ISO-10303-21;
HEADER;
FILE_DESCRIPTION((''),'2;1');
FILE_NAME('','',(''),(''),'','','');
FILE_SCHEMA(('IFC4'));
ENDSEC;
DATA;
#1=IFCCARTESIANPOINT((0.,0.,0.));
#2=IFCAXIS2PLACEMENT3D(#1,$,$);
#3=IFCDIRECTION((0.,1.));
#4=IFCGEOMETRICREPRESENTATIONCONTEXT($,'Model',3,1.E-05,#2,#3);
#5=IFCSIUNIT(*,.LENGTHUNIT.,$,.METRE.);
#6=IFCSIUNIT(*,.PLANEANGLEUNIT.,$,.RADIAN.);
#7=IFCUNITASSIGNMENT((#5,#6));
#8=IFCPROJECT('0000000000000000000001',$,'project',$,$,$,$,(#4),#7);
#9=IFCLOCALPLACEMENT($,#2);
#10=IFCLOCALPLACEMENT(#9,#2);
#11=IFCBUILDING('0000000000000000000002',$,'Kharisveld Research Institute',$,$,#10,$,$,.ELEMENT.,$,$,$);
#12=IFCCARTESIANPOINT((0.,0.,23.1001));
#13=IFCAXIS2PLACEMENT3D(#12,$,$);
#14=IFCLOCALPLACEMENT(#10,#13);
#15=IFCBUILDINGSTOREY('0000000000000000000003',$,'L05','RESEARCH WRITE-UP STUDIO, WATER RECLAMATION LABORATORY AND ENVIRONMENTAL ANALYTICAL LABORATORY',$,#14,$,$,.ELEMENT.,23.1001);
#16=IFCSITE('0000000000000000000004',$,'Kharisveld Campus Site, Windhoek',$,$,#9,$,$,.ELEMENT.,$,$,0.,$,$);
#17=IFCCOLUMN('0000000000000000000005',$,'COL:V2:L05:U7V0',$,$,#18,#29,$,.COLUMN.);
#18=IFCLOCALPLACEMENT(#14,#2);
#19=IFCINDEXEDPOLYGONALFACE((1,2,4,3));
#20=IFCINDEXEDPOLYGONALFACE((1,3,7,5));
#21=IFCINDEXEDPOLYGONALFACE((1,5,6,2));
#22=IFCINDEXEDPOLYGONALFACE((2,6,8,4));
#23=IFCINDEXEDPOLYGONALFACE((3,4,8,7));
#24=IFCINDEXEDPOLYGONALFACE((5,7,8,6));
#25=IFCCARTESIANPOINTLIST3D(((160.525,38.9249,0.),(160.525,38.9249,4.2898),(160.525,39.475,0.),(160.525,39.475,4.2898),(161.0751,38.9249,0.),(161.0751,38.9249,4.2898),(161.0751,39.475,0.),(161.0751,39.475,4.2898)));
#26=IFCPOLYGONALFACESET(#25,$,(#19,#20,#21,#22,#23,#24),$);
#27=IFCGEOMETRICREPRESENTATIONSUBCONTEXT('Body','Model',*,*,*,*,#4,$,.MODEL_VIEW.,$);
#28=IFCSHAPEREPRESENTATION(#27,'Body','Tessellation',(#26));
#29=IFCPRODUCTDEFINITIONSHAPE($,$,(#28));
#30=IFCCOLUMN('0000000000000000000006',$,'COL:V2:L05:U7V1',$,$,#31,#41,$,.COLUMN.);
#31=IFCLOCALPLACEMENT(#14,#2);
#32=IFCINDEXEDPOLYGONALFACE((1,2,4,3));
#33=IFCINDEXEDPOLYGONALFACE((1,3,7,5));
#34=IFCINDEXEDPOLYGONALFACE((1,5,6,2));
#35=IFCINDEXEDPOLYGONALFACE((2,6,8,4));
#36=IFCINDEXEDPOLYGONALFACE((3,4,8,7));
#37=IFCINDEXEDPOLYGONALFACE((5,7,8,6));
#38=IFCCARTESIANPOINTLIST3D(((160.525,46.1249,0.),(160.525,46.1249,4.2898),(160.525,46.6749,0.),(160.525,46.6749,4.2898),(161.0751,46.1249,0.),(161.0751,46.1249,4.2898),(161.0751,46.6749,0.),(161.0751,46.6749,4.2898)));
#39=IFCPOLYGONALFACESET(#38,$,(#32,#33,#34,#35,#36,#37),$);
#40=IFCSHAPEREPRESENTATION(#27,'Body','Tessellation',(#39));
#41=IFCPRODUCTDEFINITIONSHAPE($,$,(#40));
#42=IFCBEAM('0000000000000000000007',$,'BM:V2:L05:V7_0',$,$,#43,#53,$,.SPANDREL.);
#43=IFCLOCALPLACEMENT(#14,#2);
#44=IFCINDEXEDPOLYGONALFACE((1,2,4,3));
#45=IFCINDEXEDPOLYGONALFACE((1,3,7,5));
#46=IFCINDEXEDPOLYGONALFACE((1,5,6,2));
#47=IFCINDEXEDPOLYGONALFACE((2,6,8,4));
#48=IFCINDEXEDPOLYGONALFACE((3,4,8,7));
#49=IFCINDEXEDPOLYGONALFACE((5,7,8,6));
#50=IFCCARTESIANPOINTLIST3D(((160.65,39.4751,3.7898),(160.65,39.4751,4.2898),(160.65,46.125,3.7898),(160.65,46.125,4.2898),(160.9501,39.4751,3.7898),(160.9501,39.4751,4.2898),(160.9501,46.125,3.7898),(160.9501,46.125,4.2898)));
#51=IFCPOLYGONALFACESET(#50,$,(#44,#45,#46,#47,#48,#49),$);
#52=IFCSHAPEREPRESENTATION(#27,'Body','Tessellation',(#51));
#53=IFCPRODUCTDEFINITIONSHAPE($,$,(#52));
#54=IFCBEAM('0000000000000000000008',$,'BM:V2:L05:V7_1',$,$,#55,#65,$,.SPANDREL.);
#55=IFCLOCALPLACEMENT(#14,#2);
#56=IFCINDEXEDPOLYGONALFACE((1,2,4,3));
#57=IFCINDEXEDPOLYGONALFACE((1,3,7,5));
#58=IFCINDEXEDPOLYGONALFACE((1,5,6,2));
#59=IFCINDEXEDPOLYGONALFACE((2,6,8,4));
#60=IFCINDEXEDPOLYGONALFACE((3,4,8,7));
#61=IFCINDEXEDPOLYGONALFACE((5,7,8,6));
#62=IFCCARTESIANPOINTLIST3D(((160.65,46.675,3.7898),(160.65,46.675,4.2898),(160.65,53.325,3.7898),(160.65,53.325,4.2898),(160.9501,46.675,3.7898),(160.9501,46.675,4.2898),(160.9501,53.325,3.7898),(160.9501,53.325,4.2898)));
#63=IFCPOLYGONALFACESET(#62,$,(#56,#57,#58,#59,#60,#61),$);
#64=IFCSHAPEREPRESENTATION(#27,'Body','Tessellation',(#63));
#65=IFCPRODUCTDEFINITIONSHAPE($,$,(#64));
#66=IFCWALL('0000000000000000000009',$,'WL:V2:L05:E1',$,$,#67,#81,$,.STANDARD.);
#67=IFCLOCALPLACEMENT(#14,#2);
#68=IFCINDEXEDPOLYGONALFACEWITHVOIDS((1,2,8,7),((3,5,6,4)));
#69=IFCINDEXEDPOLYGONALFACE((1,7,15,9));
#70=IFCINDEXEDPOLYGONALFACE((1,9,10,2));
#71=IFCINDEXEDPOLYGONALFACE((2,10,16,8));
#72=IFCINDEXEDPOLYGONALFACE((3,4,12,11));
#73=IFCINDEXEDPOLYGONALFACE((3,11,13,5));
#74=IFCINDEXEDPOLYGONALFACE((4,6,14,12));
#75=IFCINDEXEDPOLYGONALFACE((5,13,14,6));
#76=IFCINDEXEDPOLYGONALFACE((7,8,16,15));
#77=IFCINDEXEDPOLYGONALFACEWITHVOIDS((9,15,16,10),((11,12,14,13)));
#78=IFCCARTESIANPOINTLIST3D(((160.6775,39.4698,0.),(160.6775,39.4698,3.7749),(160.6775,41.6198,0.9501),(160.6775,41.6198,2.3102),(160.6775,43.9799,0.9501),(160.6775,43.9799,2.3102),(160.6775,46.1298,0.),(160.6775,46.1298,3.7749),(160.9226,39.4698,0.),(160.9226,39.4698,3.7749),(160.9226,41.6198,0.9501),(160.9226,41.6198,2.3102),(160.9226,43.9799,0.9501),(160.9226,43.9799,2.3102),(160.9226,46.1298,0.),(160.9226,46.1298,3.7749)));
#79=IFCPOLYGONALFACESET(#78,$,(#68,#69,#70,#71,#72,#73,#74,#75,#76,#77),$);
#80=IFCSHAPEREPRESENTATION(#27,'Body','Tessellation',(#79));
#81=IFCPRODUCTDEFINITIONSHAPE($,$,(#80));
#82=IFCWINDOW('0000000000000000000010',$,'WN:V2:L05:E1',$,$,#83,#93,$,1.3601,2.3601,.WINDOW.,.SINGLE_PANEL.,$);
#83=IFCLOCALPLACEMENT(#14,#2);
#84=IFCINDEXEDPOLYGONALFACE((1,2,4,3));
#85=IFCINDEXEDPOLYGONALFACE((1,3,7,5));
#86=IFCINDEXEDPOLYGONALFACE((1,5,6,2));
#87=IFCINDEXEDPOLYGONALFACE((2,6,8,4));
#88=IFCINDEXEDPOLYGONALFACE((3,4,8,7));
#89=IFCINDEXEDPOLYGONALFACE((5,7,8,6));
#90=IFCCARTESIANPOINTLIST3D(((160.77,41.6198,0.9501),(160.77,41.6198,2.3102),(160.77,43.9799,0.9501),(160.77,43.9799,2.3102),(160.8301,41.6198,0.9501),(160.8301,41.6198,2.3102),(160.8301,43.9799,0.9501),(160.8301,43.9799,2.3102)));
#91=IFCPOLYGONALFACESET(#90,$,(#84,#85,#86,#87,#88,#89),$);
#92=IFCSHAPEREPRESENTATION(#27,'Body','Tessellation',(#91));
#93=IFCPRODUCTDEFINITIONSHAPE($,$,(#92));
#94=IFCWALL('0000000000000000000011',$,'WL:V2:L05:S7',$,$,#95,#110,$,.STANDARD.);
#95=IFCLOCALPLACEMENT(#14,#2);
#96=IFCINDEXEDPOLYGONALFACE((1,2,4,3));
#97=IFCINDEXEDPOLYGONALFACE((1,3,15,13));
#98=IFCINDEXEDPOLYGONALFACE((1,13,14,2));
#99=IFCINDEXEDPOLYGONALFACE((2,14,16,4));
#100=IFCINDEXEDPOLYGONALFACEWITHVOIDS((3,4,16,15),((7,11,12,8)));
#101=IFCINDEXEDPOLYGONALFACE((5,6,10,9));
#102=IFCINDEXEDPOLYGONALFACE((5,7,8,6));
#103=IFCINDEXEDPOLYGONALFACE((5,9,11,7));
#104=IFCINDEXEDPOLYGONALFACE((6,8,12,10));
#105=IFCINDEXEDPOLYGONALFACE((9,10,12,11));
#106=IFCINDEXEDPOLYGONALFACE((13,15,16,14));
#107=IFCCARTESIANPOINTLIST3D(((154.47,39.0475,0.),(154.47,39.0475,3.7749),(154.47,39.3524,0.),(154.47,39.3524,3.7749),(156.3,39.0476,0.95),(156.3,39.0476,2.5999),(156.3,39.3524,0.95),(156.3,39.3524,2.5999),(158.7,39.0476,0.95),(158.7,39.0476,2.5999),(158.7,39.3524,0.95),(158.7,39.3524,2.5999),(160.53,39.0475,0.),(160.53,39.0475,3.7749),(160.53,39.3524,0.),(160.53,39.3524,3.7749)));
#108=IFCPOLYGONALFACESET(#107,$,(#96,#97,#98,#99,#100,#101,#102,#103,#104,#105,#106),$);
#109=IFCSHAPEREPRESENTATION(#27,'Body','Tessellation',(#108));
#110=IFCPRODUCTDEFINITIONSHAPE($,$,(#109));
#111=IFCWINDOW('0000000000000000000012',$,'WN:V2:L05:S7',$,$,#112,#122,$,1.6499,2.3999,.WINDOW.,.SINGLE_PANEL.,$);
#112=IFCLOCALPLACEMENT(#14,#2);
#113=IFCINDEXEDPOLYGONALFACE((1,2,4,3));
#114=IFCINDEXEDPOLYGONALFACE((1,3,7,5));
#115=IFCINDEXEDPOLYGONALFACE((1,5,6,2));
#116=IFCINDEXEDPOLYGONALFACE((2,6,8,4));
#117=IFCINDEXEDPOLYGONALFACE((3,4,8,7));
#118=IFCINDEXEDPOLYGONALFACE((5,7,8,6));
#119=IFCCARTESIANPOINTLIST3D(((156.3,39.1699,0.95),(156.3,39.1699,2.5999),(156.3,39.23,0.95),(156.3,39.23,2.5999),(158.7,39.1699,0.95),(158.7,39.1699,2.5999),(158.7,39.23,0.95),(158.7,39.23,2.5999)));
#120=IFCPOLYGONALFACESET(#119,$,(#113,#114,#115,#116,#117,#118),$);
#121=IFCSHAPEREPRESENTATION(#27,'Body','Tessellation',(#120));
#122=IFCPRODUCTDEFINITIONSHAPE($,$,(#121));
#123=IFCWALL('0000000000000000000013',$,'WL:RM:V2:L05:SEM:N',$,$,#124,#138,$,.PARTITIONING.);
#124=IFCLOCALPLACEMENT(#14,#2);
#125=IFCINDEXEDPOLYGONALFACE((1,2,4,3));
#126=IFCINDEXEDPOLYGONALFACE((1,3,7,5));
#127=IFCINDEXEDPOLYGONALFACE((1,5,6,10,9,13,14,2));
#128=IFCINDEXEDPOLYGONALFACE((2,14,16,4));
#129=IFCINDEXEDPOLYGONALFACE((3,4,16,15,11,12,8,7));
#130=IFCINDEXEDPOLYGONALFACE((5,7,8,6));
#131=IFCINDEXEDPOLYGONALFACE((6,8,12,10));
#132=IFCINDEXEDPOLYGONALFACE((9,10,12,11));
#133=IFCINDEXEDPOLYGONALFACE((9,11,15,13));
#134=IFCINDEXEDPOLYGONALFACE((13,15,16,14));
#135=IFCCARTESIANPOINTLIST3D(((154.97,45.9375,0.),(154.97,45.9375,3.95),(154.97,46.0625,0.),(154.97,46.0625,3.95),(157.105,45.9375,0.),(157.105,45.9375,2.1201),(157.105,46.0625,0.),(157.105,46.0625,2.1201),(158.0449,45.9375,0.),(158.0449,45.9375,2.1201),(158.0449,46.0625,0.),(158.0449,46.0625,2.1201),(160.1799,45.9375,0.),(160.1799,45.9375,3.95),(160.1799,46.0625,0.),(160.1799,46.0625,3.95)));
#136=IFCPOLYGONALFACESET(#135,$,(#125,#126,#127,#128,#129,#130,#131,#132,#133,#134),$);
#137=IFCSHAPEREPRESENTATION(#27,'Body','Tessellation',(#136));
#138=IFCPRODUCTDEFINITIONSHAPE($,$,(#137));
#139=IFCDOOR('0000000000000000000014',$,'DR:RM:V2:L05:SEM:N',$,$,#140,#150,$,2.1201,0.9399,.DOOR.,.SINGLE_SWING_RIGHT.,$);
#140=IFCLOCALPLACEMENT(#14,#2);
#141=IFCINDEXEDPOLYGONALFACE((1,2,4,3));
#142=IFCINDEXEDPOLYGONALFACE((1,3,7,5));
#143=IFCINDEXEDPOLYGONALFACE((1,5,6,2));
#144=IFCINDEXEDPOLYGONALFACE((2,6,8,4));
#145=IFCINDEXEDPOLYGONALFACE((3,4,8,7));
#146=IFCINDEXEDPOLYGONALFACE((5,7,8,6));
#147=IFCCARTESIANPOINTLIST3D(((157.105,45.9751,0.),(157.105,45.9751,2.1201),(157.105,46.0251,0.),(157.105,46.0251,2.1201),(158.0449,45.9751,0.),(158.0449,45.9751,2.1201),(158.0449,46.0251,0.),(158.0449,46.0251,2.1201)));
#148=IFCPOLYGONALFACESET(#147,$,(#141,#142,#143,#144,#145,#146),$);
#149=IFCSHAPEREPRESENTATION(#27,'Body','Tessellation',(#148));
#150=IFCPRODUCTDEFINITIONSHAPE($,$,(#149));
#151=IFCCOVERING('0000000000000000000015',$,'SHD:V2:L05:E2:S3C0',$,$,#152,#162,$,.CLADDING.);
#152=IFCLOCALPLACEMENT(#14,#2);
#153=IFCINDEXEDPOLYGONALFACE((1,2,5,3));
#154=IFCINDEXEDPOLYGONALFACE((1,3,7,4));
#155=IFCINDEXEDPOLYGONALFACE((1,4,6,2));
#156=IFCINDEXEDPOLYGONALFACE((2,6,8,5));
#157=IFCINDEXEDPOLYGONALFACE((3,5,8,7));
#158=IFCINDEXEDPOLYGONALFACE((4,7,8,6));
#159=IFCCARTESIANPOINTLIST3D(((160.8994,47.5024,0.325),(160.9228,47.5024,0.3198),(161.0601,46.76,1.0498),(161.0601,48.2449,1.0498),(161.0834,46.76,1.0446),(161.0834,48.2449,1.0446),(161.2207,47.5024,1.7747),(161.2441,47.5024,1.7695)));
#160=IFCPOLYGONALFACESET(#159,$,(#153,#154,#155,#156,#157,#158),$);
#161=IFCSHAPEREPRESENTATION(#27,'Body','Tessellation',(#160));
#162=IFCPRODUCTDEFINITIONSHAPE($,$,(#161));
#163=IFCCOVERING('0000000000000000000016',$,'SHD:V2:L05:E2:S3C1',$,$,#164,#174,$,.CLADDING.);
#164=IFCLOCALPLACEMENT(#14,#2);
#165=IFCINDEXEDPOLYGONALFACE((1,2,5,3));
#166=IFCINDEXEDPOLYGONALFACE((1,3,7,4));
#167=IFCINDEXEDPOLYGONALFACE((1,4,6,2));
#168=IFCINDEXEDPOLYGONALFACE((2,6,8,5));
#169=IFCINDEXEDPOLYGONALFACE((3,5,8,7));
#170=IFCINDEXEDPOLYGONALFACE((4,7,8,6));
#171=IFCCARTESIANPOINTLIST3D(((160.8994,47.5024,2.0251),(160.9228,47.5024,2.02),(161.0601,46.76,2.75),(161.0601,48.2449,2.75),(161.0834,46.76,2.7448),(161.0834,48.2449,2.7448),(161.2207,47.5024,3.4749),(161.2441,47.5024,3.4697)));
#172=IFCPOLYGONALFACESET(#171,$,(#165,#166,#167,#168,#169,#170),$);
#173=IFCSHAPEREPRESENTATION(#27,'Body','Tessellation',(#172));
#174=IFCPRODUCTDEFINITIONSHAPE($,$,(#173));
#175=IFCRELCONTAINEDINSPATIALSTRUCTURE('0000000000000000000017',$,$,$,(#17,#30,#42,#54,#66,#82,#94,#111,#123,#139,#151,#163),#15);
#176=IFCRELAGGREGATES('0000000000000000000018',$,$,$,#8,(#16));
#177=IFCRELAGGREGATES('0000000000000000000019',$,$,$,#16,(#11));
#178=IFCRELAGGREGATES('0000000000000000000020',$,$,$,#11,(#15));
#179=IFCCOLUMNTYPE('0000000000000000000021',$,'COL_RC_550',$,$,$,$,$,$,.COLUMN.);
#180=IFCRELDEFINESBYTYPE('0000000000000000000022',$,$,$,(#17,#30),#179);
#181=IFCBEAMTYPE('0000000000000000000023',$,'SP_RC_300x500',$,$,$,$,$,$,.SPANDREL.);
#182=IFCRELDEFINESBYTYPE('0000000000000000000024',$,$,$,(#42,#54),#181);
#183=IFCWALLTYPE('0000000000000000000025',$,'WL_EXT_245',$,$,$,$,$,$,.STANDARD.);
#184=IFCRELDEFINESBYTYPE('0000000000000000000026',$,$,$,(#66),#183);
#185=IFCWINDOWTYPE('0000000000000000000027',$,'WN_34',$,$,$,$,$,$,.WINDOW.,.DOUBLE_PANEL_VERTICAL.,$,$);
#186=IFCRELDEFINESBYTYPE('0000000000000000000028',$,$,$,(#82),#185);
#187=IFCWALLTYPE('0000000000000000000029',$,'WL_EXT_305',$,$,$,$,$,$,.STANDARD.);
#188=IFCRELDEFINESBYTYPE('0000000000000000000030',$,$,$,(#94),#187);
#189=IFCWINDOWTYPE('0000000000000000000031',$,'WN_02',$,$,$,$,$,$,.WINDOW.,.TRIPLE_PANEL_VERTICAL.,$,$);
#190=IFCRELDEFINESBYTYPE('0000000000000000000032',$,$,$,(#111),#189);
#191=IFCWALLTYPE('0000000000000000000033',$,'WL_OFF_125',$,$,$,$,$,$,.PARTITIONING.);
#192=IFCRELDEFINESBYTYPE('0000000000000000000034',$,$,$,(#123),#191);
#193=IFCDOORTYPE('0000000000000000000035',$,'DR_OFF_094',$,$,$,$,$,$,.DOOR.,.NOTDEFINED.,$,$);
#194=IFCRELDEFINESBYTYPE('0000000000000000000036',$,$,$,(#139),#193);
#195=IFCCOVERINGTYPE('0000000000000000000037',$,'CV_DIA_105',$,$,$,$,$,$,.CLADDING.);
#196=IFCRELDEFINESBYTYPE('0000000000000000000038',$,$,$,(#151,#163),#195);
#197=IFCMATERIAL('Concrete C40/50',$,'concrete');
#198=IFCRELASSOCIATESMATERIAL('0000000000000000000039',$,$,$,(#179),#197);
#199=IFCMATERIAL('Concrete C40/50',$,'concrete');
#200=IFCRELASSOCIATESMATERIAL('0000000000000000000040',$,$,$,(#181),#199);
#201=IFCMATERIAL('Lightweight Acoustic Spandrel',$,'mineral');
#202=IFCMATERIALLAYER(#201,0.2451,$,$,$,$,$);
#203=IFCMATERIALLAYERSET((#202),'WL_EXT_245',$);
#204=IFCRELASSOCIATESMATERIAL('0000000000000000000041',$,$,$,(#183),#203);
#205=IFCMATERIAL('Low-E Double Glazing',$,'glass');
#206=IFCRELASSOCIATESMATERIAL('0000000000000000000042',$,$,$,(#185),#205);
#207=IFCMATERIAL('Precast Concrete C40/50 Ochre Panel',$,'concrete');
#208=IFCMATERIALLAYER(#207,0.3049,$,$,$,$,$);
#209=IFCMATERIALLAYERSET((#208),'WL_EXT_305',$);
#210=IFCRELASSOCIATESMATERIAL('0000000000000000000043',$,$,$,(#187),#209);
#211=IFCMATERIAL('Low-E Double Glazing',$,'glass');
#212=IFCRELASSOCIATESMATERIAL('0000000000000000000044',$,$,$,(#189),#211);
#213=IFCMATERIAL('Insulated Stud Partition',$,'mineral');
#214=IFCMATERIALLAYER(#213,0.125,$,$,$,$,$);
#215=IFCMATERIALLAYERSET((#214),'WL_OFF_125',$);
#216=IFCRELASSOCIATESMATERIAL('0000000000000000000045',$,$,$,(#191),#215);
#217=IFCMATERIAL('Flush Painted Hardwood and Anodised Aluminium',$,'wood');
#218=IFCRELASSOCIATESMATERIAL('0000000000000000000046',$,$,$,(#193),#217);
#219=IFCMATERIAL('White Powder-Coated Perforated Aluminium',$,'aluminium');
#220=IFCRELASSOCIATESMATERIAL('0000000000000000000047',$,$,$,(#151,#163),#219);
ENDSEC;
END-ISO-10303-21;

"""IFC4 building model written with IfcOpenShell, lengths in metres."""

from ifc_helpers import new_model, si_unit, direction, frame, frame_2d, origin, origin_2d, place, context, subcontext, project, spatial, polyline, rectangle, outline, extrude, material, layer, layer_set, material_profile, profile_set, type_object, element, fill, save


model = new_model("IFC4")

# Units and contexts
model_context = context("Model", 3, precision=1e-05, world=origin(), true_north=direction((0.0, 1.0)))
body_context = subcontext(model_context, "Body", "Model", "MODEL_VIEW")
ifc_project = project(units=[si_unit("LENGTHUNIT", "METRE"), si_unit("PLANEANGLEUNIT", "RADIAN")], contexts=[model_context])

# Site, building, storey
site_placement = place(None, origin())
site = spatial("IfcSite", under=ifc_project, at=site_placement, Name="Kharisveld Campus Site, Windhoek", CompositionType="ELEMENT", RefElevation=0.0)
building_placement = place(site_placement, origin())
building = spatial("IfcBuilding", under=site, at=building_placement, Name="Kharisveld Research Institute", CompositionType="ELEMENT")
storey_placement = place(building_placement, frame((0.0, 0.0, 23.1001)))
storey = spatial("IfcBuildingStorey", under=building, at=storey_placement, Name="L05", Description="RESEARCH WRITE-UP STUDIO, WATER RECLAMATION LABORATORY AND ENVIRONMENTAL ANALYTICAL LABORATORY", CompositionType="ELEMENT", Elevation=23.1001)

# Columns
ifc_material_1 = material(Name="Concrete C40/50", Category="concrete")
ifc_material_profile_1 = material_profile(ifc_material_1, rectangle(XDim=0.55, YDim=0.55, at=origin_2d()))
ifc_profile_set_1 = profile_set([ifc_material_profile_1], Name="Concrete C40/50")
column_type = type_object("IfcColumnType", Name="COL_RC_550", PredefinedType="COLUMN", material=ifc_profile_set_1)
for number, where, z_axis, x_axis, name in (
    (1, (160.8, 39.2, 0.0), (0.0, 0.0, 1.0), (1.0, 0.0, 0.0), "COL:V2:L05:U7V0"),
    (2, (160.8, 46.3999, 0.0), (0.0, 0.0, 1.0), (1.0, 0.0, 0.0), "COL:V2:L05:U7V1"),
):
    element("IfcColumn", number, at=place(storey_placement, frame(where, z_axis=z_axis, x_axis=x_axis)), inside=storey, type_object=column_type, Name=name, PredefinedType="COLUMN", context=body_context, shape_type="SweptSolid", body=[
        extrude(rectangle(XDim=0.55, YDim=0.55, at=origin_2d()), origin(), (0.0, 0.0, 1.0), 4.2898),
    ])

# Beams
ifc_material_2 = material(Name="Concrete C40/50", Category="concrete")
ifc_material_profile_2 = material_profile(ifc_material_2, rectangle(XDim=0.3, YDim=0.5, at=origin_2d()))
ifc_profile_set_2 = profile_set([ifc_material_profile_2], Name="Concrete C40/50")
beam_type = type_object("IfcBeamType", Name="SP_RC_300x500", PredefinedType="SPANDREL", material=ifc_profile_set_2)
for number, where, z_axis, x_axis, name in (
    (3, (160.8, 39.4751, 4.0398), (0.0, 1.0, 0.0), (-1.0, 0.0, 0.0), "BM:V2:L05:V7_0"),
    (4, (160.8, 46.675, 4.0398), (0.0, 1.0, 0.0), (-1.0, 0.0, 0.0), "BM:V2:L05:V7_1"),
):
    element("IfcBeam", number, at=place(storey_placement, frame(where, z_axis=z_axis, x_axis=x_axis)), inside=storey, type_object=beam_type, Name=name, PredefinedType="SPANDREL", context=body_context, shape_type="SweptSolid", body=[
        extrude(rectangle(XDim=0.3, YDim=0.5, at=origin_2d()), origin(), (0.0, 0.0, 1.0), 6.6499),
    ])

# Walls, openings, windows
ifc_material_3 = material(Name="Lightweight Acoustic Spandrel", Category="mineral")
ifc_layer_1 = layer(ifc_material_3, 0.2451)
ifc_layer_set_1 = layer_set([ifc_layer_1], Name="WL_EXT_245")
wall_type_1 = type_object("IfcWallType", Name="WL_EXT_245", PredefinedType="STANDARD", material=ifc_layer_set_1)
wall_1_placement = place(storey_placement, frame((160.8, 46.1299, 0.0), z_axis=(0.0, 0.0, 1.0), x_axis=(0.0, -1.0, 0.0)))
wall_1 = element("IfcWall", 5, at=wall_1_placement, inside=storey, type_object=wall_type_1, Name="WL:V2:L05:E1", PredefinedType="STANDARD", context=body_context, shape_type="SweptSolid", body=[
    extrude(rectangle(XDim=6.6599, YDim=0.2451, at=frame_2d((3.3301, 0.0))), origin(), (0.0, 0.0, 1.0), 3.7749),
])
opening_1_placement = place(wall_1_placement, frame((2.1499, 0.0, 0.95)))
opening_1 = element("IfcOpeningElement", 6, at=opening_1_placement, cuts=wall_1, PredefinedType="OPENING", context=body_context, shape_type="SweptSolid", body=[
    extrude(rectangle(XDim=2.3601, YDim=1.3601, at=frame_2d((1.1802, 0.6802))), frame((0.0, 0.1226, 0.0), z_axis=(0.0, -1.0, 0.0), x_axis=(1.0, 0.0, 0.0)), (0.0, 0.0, 1.0), 0.2451),
])
ifc_material_4 = material(Name="Low-E Double Glazing", Category="glass")
window_type_1 = type_object("IfcWindowType", Name="WN_34", PartitioningType="DOUBLE_PANEL_VERTICAL", PredefinedType="WINDOW", material=ifc_material_4)
window_1_placement = place(opening_1_placement, origin())
window_1 = element("IfcWindow", 7, at=window_1_placement, inside=storey, type_object=window_type_1, Name="WN:V2:L05:E1", OverallHeight=1.3601, OverallWidth=2.3601, PartitioningType="SINGLE_PANEL", PredefinedType="WINDOW", context=body_context, shape_type="SweptSolid", body=[
    extrude(rectangle(XDim=2.3601, YDim=1.3601, at=frame_2d((1.1802, 0.6802))), frame((0.0, 0.03, 0.0), z_axis=(0.0, -1.0, 0.0), x_axis=(1.0, 0.0, 0.0)), (0.0, 0.0, 1.0), 0.0601),
])
fill(opening_1, window_1)
ifc_material_5 = material(Name="Precast Concrete C40/50 Ochre Panel", Category="concrete")
ifc_layer_2 = layer(ifc_material_5, 0.3049)
ifc_layer_set_2 = layer_set([ifc_layer_2], Name="WL_EXT_305")
wall_type_2 = type_object("IfcWallType", Name="WL_EXT_305", PredefinedType="STANDARD", material=ifc_layer_set_2)
wall_2_placement = place(storey_placement, frame((160.53, 39.2, 0.0), z_axis=(0.0, 0.0, 1.0), x_axis=(-1.0, 0.0, 0.0)))
wall_2 = element("IfcWall", 8, at=wall_2_placement, inside=storey, type_object=wall_type_2, Name="WL:V2:L05:S7", PredefinedType="STANDARD", context=body_context, shape_type="SweptSolid", body=[
    extrude(rectangle(XDim=6.0601, YDim=0.3049, at=frame_2d((3.03, 0.0))), origin(), (0.0, 0.0, 1.0), 3.7749),
])
opening_2_placement = place(wall_2_placement, frame((1.8301, 0.0, 0.95)))
opening_2 = element("IfcOpeningElement", 9, at=opening_2_placement, cuts=wall_2, PredefinedType="OPENING", context=body_context, shape_type="SweptSolid", body=[
    extrude(rectangle(XDim=2.3999, YDim=1.6499, at=frame_2d((1.2, 0.825))), frame((0.0, 0.1523, 0.0), z_axis=(0.0, -1.0, 0.0), x_axis=(1.0, 0.0, 0.0)), (0.0, 0.0, 1.0), 0.3049),
])
ifc_material_6 = material(Name="Low-E Double Glazing", Category="glass")
window_type_2 = type_object("IfcWindowType", Name="WN_02", PartitioningType="TRIPLE_PANEL_VERTICAL", PredefinedType="WINDOW", material=ifc_material_6)
window_2_placement = place(opening_2_placement, origin())
window_2 = element("IfcWindow", 10, at=window_2_placement, inside=storey, type_object=window_type_2, Name="WN:V2:L05:S7", OverallHeight=1.6499, OverallWidth=2.3999, PartitioningType="SINGLE_PANEL", PredefinedType="WINDOW", context=body_context, shape_type="SweptSolid", body=[
    extrude(rectangle(XDim=2.3999, YDim=1.6499, at=frame_2d((1.2, 0.825))), frame((0.0, 0.03, 0.0), z_axis=(0.0, -1.0, 0.0), x_axis=(1.0, 0.0, 0.0)), (0.0, 0.0, 1.0), 0.0601),
])
fill(opening_2, window_2)

# Wall, opening, door
ifc_material_7 = material(Name="Insulated Stud Partition", Category="mineral")
ifc_layer_3 = layer(ifc_material_7, 0.125)
ifc_layer_set_3 = layer_set([ifc_layer_3], Name="WL_OFF_125")
wall_type_3 = type_object("IfcWallType", Name="WL_OFF_125", PredefinedType="PARTITIONING", material=ifc_layer_set_3)
wall_3_placement = place(storey_placement, frame((160.1799, 46.0, 0.0), z_axis=(0.0, 0.0, 1.0), x_axis=(-1.0, 0.0, 0.0)))
wall_3 = element("IfcWall", 11, at=wall_3_placement, inside=storey, type_object=wall_type_3, Name="WL:RM:V2:L05:SEM:N", PredefinedType="PARTITIONING", context=body_context, shape_type="SweptSolid", body=[
    extrude(rectangle(XDim=5.21, YDim=0.125, at=frame_2d((2.605, 0.0))), origin(), (0.0, 0.0, 1.0), 3.95),
])
opening_3_placement = place(wall_3_placement, frame((2.135, 0.0, 0.0)))
opening_3 = element("IfcOpeningElement", 12, at=opening_3_placement, cuts=wall_3, PredefinedType="OPENING", context=body_context, shape_type="SweptSolid", body=[
    extrude(rectangle(XDim=0.9399, YDim=2.1201, at=frame_2d((0.47, 1.0601))), frame((0.0, 0.0625, 0.0), z_axis=(0.0, -1.0, 0.0), x_axis=(1.0, 0.0, 0.0)), (0.0, 0.0, 1.0), 0.125),
])
ifc_material_8 = material(Name="Flush Painted Hardwood and Anodised Aluminium", Category="wood")
door_type = type_object("IfcDoorType", Name="DR_OFF_094", OperationType="NOTDEFINED", PredefinedType="DOOR", material=ifc_material_8)
door_placement = place(opening_3_placement, origin())
door = element("IfcDoor", 13, at=door_placement, inside=storey, type_object=door_type, Name="DR:RM:V2:L05:SEM:N", OperationType="SINGLE_SWING_RIGHT", OverallHeight=2.1201, OverallWidth=0.9399, PredefinedType="DOOR", context=body_context, shape_type="SweptSolid", body=[
    extrude(rectangle(XDim=0.9399, YDim=2.1201, at=frame_2d((0.47, 1.0601))), frame((0.0, 0.0249, 0.0), z_axis=(0.0, -1.0, 0.0), x_axis=(1.0, 0.0, 0.0)), (0.0, 0.0, 1.0), 0.05),
])
fill(opening_3, door)

# Coverings
ifc_material_9 = material(Name="White Powder-Coated Perforated Aluminium", Category="aluminium")
covering_type = type_object("IfcCoveringType", Name="CV_DIA_105", PredefinedType="CLADDING")
for number, where, z_axis, x_axis, name in (
    (14, (160.8994, 47.5024, 0.325), (-0.976311, 0.0, 0.216373), (0.153, -0.707102, 0.69036), "SHD:V2:L05:E2:S3C0"),
    (15, (160.8994, 47.5024, 2.0251), (-0.976311, 0.0, 0.216373), (0.153, -0.707102, 0.69036), "SHD:V2:L05:E2:S3C1"),
):
    element("IfcCovering", number, at=place(storey_placement, frame(where, z_axis=z_axis, x_axis=x_axis)), inside=storey, type_object=covering_type, material=ifc_material_9, Name=name, PredefinedType="CLADDING", context=body_context, shape_type="SweptSolid", body=[
        extrude(outline(polyline([(0.0, 0.0), (1.05, 0.0), (1.05, 1.05), (0.0, 1.05), (0.0, 0.0)])), origin(), (0.0, 0.0, -1.0), 0.0239),
    ])

save(model, "model.ifc")
